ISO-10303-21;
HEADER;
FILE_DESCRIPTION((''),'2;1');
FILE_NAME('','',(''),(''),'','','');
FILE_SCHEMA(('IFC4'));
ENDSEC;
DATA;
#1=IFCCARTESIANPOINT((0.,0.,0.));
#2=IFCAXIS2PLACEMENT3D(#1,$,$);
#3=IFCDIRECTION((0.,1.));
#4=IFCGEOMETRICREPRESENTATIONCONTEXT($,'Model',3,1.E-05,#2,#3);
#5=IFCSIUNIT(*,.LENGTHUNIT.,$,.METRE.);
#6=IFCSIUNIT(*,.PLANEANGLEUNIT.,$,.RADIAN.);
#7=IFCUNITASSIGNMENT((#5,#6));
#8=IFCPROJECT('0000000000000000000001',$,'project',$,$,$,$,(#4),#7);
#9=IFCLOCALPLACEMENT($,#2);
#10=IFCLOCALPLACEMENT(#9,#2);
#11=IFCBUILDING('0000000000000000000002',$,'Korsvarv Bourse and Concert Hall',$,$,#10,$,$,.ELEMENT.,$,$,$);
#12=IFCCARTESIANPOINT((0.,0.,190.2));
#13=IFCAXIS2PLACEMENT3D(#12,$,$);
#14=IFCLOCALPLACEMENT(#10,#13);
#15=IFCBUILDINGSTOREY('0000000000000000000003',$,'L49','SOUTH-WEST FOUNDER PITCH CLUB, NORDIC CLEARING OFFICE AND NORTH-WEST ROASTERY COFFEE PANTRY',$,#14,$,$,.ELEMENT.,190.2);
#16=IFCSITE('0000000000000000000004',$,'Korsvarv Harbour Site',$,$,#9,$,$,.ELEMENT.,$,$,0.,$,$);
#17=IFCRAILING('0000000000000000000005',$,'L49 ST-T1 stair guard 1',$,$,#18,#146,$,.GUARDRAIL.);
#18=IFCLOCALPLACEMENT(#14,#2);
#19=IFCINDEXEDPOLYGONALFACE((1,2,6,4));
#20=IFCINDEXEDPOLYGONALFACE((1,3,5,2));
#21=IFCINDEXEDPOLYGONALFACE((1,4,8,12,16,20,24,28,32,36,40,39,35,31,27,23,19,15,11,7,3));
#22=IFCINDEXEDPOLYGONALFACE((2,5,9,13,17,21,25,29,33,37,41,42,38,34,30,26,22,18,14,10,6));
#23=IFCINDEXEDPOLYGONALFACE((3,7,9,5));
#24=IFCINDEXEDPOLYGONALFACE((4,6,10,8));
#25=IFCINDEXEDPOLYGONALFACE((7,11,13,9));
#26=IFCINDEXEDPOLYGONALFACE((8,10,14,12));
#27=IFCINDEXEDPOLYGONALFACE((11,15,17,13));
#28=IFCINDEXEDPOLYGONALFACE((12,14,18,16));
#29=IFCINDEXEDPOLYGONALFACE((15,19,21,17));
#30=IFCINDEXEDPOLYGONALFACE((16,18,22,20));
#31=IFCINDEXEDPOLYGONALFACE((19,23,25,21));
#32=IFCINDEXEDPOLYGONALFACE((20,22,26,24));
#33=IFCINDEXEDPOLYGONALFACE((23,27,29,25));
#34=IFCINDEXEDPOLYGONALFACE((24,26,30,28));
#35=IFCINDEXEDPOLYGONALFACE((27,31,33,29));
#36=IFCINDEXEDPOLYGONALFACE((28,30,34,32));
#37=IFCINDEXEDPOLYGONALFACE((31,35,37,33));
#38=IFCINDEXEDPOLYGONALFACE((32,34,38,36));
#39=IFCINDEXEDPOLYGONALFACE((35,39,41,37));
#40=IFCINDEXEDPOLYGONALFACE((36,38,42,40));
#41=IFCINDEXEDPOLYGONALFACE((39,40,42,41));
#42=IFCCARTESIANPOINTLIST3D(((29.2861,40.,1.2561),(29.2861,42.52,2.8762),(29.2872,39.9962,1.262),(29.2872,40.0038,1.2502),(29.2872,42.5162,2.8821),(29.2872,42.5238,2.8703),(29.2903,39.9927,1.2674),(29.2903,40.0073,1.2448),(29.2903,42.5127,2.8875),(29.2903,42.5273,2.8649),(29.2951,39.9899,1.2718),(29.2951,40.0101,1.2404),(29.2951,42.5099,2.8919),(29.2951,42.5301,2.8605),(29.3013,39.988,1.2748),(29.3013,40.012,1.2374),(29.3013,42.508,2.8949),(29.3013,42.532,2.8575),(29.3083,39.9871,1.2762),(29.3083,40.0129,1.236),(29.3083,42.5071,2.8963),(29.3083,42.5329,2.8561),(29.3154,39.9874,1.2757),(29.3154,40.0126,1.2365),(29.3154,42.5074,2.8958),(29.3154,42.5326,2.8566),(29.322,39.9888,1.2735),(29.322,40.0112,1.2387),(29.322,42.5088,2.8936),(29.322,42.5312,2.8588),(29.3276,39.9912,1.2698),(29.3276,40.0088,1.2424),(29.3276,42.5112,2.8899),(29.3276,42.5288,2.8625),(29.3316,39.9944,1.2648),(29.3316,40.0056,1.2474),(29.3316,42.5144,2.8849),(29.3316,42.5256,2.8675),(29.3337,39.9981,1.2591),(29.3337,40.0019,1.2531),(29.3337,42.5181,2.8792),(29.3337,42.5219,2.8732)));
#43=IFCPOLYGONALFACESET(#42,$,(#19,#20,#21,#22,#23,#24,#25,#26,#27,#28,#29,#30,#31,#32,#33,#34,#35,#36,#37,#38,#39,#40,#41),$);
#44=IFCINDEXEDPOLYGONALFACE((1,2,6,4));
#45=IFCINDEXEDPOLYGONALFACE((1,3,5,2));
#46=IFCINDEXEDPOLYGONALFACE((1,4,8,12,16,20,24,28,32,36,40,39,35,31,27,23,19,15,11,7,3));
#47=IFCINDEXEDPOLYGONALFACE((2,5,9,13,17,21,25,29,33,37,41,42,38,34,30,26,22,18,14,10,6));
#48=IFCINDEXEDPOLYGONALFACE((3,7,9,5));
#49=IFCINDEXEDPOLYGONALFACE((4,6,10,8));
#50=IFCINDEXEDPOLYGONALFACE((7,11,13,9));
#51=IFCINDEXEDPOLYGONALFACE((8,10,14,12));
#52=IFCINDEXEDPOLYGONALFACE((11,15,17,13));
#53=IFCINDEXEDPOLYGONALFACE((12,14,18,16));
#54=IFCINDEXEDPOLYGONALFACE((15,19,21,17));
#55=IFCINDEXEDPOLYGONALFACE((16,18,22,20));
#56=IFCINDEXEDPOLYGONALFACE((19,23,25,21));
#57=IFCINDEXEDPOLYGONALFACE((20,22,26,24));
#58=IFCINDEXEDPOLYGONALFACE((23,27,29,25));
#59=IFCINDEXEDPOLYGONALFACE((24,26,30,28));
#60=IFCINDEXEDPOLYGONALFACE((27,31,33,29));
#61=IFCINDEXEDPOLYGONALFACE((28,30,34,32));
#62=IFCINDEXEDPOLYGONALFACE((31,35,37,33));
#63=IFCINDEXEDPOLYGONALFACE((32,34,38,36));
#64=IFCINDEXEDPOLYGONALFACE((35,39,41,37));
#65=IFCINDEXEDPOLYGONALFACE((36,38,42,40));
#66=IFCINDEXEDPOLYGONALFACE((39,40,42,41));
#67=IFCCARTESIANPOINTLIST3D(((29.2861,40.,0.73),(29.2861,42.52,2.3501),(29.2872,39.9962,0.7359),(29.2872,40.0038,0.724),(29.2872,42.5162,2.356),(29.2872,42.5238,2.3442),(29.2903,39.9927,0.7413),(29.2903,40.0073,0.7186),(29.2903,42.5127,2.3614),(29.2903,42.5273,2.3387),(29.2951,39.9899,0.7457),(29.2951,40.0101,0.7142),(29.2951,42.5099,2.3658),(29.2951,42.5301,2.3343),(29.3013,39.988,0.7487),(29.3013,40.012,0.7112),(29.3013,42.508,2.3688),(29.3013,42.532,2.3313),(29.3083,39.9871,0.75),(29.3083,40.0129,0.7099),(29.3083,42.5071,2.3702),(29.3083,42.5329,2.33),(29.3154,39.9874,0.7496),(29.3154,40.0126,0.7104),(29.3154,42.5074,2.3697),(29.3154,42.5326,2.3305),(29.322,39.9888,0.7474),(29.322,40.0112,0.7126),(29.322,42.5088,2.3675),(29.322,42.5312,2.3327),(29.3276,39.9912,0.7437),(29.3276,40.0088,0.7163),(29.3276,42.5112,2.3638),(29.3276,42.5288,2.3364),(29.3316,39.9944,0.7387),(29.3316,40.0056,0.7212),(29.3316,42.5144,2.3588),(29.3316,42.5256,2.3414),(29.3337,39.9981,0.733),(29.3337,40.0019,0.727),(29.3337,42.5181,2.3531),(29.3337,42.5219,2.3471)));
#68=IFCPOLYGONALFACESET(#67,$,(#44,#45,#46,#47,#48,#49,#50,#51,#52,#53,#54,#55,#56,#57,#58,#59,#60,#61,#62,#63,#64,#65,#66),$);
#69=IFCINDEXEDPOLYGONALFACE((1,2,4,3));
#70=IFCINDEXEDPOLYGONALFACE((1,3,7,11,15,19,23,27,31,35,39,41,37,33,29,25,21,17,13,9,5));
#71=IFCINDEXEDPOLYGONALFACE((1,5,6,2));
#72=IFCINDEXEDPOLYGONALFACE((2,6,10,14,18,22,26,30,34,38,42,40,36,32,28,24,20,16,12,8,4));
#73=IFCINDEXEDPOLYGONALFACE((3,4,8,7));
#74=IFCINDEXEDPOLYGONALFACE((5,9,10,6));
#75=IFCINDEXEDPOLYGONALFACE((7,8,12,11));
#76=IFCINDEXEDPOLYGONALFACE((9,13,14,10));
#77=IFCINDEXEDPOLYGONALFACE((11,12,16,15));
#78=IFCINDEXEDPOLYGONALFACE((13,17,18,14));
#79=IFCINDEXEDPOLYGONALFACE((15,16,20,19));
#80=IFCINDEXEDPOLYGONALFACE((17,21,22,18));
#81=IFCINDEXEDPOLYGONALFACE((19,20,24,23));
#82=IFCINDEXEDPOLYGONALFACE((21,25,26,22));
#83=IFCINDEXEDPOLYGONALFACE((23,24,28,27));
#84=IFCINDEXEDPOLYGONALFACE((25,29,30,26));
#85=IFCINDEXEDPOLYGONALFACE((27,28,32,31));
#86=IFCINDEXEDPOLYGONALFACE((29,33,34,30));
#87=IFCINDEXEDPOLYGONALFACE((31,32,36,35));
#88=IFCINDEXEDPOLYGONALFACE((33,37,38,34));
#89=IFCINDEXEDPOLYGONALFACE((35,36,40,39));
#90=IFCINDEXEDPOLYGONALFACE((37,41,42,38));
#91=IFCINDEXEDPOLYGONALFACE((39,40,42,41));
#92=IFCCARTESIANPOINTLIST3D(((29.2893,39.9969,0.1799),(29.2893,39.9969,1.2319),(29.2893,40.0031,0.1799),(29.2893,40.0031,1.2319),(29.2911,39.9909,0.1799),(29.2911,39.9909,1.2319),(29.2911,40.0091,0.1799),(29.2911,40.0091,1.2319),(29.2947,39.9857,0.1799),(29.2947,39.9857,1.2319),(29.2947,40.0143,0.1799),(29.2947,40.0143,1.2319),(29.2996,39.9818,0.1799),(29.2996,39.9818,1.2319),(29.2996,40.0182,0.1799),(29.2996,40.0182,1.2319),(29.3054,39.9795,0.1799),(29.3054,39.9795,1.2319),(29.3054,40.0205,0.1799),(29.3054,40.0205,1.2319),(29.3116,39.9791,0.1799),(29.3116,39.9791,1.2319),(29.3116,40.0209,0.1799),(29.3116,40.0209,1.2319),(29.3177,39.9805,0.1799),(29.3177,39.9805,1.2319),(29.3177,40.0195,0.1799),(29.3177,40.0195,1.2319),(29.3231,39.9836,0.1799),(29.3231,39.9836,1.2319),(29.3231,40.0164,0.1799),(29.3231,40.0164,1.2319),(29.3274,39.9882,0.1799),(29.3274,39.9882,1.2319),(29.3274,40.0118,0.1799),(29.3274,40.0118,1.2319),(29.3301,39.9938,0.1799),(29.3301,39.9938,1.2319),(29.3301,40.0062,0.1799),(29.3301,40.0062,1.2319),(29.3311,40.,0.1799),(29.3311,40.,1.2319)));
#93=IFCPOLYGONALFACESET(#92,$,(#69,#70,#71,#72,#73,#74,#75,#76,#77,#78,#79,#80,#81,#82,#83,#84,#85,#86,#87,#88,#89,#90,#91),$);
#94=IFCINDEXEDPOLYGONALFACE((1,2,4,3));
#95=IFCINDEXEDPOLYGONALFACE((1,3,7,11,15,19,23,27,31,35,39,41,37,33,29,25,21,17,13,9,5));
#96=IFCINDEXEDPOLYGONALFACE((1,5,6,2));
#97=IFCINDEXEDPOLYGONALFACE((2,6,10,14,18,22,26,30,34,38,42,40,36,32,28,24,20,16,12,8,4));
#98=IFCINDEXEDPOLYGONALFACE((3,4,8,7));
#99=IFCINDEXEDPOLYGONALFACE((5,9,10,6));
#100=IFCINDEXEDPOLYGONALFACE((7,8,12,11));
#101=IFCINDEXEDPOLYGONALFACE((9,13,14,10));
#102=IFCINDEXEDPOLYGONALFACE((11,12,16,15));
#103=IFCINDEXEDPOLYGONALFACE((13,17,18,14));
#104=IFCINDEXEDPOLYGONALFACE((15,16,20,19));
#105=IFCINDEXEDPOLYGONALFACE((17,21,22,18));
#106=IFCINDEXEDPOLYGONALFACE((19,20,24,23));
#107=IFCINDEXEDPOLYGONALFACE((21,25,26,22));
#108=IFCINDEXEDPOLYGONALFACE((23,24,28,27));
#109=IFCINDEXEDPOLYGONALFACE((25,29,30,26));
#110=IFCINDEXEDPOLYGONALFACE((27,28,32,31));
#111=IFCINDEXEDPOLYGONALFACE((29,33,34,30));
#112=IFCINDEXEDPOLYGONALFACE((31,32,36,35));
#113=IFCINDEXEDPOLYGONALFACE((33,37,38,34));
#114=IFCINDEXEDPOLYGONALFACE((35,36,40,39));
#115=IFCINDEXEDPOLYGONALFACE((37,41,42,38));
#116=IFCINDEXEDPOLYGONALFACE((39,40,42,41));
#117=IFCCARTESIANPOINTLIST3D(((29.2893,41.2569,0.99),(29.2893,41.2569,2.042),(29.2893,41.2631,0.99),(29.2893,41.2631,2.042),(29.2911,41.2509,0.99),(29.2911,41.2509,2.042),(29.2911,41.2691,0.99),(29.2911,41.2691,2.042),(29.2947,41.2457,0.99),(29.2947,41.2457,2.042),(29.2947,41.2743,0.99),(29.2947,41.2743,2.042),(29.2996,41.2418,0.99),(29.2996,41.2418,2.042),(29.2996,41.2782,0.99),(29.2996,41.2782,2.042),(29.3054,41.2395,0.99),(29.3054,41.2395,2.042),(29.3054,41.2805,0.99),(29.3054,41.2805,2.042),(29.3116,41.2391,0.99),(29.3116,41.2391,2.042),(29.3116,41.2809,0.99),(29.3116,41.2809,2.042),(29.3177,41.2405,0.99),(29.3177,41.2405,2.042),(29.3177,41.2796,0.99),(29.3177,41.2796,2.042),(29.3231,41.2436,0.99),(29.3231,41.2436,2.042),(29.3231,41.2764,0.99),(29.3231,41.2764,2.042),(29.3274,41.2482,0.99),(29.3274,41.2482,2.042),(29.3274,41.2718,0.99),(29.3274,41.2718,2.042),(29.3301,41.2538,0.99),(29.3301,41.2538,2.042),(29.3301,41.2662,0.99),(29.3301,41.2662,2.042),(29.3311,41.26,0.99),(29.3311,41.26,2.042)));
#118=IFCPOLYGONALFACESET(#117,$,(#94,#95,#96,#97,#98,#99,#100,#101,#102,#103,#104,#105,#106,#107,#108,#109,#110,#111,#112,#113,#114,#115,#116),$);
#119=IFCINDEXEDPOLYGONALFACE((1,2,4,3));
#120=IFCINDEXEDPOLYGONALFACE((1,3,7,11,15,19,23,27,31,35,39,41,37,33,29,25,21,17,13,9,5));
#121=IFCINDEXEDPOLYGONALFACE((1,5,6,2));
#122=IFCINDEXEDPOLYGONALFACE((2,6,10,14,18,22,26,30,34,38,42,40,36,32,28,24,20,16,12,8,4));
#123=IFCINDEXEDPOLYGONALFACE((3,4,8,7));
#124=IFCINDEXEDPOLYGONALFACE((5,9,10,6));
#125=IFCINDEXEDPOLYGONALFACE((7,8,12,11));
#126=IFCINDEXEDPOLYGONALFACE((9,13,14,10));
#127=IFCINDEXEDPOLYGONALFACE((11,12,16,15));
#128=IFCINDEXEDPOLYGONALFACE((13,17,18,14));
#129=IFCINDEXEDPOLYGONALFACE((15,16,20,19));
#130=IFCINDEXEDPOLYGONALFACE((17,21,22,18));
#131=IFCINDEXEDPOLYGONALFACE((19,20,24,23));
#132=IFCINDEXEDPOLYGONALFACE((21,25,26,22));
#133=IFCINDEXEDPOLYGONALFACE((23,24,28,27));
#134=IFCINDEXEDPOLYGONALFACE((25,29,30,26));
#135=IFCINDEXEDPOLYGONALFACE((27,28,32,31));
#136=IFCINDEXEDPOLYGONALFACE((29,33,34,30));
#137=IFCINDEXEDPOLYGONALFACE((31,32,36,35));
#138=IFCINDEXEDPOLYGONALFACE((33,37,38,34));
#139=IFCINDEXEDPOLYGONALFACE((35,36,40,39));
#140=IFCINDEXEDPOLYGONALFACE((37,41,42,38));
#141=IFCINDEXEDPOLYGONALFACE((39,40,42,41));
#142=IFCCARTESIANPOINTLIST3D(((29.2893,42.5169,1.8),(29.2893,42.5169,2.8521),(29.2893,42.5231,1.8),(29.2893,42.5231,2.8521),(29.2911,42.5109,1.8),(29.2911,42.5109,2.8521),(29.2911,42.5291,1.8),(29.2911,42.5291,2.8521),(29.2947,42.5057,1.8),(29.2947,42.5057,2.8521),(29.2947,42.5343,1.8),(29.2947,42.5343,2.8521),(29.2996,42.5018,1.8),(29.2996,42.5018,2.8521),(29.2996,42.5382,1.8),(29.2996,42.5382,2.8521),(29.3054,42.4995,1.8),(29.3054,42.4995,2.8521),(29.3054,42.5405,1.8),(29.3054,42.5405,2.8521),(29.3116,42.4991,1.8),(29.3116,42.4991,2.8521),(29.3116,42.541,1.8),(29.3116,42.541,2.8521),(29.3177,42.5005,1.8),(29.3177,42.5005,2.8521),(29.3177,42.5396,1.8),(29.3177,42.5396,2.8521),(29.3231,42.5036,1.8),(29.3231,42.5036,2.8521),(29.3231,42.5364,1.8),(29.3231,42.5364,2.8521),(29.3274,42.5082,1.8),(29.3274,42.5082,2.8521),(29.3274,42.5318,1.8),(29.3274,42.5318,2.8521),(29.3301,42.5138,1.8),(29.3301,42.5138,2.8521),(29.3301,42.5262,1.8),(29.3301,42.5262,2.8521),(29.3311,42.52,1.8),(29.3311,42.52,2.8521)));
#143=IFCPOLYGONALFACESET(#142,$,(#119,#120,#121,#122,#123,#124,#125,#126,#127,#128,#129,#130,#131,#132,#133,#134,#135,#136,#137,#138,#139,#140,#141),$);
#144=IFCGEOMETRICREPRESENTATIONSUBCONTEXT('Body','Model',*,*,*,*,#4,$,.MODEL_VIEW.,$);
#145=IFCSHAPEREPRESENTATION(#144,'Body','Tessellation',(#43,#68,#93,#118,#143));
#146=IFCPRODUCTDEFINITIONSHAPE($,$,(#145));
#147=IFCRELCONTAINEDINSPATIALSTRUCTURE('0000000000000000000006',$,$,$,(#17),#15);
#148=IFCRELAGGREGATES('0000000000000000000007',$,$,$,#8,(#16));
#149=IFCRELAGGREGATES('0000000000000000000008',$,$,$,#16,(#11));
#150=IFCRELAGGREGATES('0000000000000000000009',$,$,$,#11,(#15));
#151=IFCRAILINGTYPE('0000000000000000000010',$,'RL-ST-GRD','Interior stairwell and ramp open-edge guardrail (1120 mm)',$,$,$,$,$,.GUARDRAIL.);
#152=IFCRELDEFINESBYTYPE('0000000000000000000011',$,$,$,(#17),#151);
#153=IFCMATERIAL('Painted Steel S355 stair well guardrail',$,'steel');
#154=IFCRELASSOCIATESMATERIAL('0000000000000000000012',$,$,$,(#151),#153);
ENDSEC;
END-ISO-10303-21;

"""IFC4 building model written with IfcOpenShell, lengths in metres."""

from ifc_helpers import new_model, si_unit, direction, frame, origin, origin_2d, place, context, subcontext, project, spatial, circle, extrude, material, type_object, element, save


model = new_model("IFC4")

# Units and contexts
model_context = context("Model", 3, precision=1e-05, world=origin(), true_north=direction((0.0, 1.0)))
body_context = subcontext(model_context, "Body", "Model", "MODEL_VIEW")
ifc_project = project(units=[si_unit("LENGTHUNIT", "METRE"), si_unit("PLANEANGLEUNIT", "RADIAN")], contexts=[model_context])

# Site, building, storey
site_placement = place(None, origin())
site = spatial("IfcSite", under=ifc_project, at=site_placement, Name="Korsvarv Harbour Site", CompositionType="ELEMENT", RefElevation=0.0)
building_placement = place(site_placement, origin())
building = spatial("IfcBuilding", under=site, at=building_placement, Name="Korsvarv Bourse and Concert Hall", CompositionType="ELEMENT")
storey_placement = place(building_placement, frame((0.0, 0.0, 190.2)))
storey = spatial("IfcBuildingStorey", under=building, at=storey_placement, Name="L49", Description="SOUTH-WEST FOUNDER PITCH CLUB, NORDIC CLEARING OFFICE AND NORTH-WEST ROASTERY COFFEE PANTRY", CompositionType="ELEMENT", Elevation=190.2)

# Railing
ifc_material_1 = material(Name="Painted Steel S355 stair well guardrail", Category="steel")
railing_type_1 = type_object("IfcRailingType", Name="RL-ST-GRD", Description="Interior stairwell and ramp open-edge guardrail (1120 mm)", PredefinedType="GUARDRAIL", material=ifc_material_1)
railing_1_placement = place(storey_placement, frame((29.3101, 40.0, 0.1799)))
element("IfcRailing", 1, at=railing_1_placement, inside=storey, type_object=railing_type_1, Name="L49 ST-T1 stair guard 1", PredefinedType="GUARDRAIL", context=body_context, shape_type="SweptSolid", body=[
    extrude(circle(Radius=0.0239, at=origin_2d()), frame((0.0, 0.0, 1.0762), z_axis=(0.0, 0.841163, 0.540782), x_axis=(-1.0, 0.0, 0.0)), (0.0, 0.0, 1.0), 2.9958),
    extrude(circle(Radius=0.0239, at=origin_2d()), frame((0.0, 0.0, 0.55), z_axis=(0.0, 0.841163, 0.540782), x_axis=(-1.0, 0.0, 0.0)), (0.0, 0.0, 1.0), 2.9958),
    extrude(circle(Radius=0.021, at=origin_2d()), origin(), (0.0, 0.0, 1.0), 1.052),
    extrude(circle(Radius=0.021, at=origin_2d()), frame((0.0, 1.26, 0.8101)), (0.0, 0.0, 1.0), 1.052),
    extrude(circle(Radius=0.021, at=origin_2d()), frame((0.0, 2.52, 1.6201)), (0.0, 0.0, 1.0), 1.052),
])

save(model, "model.ifc")
